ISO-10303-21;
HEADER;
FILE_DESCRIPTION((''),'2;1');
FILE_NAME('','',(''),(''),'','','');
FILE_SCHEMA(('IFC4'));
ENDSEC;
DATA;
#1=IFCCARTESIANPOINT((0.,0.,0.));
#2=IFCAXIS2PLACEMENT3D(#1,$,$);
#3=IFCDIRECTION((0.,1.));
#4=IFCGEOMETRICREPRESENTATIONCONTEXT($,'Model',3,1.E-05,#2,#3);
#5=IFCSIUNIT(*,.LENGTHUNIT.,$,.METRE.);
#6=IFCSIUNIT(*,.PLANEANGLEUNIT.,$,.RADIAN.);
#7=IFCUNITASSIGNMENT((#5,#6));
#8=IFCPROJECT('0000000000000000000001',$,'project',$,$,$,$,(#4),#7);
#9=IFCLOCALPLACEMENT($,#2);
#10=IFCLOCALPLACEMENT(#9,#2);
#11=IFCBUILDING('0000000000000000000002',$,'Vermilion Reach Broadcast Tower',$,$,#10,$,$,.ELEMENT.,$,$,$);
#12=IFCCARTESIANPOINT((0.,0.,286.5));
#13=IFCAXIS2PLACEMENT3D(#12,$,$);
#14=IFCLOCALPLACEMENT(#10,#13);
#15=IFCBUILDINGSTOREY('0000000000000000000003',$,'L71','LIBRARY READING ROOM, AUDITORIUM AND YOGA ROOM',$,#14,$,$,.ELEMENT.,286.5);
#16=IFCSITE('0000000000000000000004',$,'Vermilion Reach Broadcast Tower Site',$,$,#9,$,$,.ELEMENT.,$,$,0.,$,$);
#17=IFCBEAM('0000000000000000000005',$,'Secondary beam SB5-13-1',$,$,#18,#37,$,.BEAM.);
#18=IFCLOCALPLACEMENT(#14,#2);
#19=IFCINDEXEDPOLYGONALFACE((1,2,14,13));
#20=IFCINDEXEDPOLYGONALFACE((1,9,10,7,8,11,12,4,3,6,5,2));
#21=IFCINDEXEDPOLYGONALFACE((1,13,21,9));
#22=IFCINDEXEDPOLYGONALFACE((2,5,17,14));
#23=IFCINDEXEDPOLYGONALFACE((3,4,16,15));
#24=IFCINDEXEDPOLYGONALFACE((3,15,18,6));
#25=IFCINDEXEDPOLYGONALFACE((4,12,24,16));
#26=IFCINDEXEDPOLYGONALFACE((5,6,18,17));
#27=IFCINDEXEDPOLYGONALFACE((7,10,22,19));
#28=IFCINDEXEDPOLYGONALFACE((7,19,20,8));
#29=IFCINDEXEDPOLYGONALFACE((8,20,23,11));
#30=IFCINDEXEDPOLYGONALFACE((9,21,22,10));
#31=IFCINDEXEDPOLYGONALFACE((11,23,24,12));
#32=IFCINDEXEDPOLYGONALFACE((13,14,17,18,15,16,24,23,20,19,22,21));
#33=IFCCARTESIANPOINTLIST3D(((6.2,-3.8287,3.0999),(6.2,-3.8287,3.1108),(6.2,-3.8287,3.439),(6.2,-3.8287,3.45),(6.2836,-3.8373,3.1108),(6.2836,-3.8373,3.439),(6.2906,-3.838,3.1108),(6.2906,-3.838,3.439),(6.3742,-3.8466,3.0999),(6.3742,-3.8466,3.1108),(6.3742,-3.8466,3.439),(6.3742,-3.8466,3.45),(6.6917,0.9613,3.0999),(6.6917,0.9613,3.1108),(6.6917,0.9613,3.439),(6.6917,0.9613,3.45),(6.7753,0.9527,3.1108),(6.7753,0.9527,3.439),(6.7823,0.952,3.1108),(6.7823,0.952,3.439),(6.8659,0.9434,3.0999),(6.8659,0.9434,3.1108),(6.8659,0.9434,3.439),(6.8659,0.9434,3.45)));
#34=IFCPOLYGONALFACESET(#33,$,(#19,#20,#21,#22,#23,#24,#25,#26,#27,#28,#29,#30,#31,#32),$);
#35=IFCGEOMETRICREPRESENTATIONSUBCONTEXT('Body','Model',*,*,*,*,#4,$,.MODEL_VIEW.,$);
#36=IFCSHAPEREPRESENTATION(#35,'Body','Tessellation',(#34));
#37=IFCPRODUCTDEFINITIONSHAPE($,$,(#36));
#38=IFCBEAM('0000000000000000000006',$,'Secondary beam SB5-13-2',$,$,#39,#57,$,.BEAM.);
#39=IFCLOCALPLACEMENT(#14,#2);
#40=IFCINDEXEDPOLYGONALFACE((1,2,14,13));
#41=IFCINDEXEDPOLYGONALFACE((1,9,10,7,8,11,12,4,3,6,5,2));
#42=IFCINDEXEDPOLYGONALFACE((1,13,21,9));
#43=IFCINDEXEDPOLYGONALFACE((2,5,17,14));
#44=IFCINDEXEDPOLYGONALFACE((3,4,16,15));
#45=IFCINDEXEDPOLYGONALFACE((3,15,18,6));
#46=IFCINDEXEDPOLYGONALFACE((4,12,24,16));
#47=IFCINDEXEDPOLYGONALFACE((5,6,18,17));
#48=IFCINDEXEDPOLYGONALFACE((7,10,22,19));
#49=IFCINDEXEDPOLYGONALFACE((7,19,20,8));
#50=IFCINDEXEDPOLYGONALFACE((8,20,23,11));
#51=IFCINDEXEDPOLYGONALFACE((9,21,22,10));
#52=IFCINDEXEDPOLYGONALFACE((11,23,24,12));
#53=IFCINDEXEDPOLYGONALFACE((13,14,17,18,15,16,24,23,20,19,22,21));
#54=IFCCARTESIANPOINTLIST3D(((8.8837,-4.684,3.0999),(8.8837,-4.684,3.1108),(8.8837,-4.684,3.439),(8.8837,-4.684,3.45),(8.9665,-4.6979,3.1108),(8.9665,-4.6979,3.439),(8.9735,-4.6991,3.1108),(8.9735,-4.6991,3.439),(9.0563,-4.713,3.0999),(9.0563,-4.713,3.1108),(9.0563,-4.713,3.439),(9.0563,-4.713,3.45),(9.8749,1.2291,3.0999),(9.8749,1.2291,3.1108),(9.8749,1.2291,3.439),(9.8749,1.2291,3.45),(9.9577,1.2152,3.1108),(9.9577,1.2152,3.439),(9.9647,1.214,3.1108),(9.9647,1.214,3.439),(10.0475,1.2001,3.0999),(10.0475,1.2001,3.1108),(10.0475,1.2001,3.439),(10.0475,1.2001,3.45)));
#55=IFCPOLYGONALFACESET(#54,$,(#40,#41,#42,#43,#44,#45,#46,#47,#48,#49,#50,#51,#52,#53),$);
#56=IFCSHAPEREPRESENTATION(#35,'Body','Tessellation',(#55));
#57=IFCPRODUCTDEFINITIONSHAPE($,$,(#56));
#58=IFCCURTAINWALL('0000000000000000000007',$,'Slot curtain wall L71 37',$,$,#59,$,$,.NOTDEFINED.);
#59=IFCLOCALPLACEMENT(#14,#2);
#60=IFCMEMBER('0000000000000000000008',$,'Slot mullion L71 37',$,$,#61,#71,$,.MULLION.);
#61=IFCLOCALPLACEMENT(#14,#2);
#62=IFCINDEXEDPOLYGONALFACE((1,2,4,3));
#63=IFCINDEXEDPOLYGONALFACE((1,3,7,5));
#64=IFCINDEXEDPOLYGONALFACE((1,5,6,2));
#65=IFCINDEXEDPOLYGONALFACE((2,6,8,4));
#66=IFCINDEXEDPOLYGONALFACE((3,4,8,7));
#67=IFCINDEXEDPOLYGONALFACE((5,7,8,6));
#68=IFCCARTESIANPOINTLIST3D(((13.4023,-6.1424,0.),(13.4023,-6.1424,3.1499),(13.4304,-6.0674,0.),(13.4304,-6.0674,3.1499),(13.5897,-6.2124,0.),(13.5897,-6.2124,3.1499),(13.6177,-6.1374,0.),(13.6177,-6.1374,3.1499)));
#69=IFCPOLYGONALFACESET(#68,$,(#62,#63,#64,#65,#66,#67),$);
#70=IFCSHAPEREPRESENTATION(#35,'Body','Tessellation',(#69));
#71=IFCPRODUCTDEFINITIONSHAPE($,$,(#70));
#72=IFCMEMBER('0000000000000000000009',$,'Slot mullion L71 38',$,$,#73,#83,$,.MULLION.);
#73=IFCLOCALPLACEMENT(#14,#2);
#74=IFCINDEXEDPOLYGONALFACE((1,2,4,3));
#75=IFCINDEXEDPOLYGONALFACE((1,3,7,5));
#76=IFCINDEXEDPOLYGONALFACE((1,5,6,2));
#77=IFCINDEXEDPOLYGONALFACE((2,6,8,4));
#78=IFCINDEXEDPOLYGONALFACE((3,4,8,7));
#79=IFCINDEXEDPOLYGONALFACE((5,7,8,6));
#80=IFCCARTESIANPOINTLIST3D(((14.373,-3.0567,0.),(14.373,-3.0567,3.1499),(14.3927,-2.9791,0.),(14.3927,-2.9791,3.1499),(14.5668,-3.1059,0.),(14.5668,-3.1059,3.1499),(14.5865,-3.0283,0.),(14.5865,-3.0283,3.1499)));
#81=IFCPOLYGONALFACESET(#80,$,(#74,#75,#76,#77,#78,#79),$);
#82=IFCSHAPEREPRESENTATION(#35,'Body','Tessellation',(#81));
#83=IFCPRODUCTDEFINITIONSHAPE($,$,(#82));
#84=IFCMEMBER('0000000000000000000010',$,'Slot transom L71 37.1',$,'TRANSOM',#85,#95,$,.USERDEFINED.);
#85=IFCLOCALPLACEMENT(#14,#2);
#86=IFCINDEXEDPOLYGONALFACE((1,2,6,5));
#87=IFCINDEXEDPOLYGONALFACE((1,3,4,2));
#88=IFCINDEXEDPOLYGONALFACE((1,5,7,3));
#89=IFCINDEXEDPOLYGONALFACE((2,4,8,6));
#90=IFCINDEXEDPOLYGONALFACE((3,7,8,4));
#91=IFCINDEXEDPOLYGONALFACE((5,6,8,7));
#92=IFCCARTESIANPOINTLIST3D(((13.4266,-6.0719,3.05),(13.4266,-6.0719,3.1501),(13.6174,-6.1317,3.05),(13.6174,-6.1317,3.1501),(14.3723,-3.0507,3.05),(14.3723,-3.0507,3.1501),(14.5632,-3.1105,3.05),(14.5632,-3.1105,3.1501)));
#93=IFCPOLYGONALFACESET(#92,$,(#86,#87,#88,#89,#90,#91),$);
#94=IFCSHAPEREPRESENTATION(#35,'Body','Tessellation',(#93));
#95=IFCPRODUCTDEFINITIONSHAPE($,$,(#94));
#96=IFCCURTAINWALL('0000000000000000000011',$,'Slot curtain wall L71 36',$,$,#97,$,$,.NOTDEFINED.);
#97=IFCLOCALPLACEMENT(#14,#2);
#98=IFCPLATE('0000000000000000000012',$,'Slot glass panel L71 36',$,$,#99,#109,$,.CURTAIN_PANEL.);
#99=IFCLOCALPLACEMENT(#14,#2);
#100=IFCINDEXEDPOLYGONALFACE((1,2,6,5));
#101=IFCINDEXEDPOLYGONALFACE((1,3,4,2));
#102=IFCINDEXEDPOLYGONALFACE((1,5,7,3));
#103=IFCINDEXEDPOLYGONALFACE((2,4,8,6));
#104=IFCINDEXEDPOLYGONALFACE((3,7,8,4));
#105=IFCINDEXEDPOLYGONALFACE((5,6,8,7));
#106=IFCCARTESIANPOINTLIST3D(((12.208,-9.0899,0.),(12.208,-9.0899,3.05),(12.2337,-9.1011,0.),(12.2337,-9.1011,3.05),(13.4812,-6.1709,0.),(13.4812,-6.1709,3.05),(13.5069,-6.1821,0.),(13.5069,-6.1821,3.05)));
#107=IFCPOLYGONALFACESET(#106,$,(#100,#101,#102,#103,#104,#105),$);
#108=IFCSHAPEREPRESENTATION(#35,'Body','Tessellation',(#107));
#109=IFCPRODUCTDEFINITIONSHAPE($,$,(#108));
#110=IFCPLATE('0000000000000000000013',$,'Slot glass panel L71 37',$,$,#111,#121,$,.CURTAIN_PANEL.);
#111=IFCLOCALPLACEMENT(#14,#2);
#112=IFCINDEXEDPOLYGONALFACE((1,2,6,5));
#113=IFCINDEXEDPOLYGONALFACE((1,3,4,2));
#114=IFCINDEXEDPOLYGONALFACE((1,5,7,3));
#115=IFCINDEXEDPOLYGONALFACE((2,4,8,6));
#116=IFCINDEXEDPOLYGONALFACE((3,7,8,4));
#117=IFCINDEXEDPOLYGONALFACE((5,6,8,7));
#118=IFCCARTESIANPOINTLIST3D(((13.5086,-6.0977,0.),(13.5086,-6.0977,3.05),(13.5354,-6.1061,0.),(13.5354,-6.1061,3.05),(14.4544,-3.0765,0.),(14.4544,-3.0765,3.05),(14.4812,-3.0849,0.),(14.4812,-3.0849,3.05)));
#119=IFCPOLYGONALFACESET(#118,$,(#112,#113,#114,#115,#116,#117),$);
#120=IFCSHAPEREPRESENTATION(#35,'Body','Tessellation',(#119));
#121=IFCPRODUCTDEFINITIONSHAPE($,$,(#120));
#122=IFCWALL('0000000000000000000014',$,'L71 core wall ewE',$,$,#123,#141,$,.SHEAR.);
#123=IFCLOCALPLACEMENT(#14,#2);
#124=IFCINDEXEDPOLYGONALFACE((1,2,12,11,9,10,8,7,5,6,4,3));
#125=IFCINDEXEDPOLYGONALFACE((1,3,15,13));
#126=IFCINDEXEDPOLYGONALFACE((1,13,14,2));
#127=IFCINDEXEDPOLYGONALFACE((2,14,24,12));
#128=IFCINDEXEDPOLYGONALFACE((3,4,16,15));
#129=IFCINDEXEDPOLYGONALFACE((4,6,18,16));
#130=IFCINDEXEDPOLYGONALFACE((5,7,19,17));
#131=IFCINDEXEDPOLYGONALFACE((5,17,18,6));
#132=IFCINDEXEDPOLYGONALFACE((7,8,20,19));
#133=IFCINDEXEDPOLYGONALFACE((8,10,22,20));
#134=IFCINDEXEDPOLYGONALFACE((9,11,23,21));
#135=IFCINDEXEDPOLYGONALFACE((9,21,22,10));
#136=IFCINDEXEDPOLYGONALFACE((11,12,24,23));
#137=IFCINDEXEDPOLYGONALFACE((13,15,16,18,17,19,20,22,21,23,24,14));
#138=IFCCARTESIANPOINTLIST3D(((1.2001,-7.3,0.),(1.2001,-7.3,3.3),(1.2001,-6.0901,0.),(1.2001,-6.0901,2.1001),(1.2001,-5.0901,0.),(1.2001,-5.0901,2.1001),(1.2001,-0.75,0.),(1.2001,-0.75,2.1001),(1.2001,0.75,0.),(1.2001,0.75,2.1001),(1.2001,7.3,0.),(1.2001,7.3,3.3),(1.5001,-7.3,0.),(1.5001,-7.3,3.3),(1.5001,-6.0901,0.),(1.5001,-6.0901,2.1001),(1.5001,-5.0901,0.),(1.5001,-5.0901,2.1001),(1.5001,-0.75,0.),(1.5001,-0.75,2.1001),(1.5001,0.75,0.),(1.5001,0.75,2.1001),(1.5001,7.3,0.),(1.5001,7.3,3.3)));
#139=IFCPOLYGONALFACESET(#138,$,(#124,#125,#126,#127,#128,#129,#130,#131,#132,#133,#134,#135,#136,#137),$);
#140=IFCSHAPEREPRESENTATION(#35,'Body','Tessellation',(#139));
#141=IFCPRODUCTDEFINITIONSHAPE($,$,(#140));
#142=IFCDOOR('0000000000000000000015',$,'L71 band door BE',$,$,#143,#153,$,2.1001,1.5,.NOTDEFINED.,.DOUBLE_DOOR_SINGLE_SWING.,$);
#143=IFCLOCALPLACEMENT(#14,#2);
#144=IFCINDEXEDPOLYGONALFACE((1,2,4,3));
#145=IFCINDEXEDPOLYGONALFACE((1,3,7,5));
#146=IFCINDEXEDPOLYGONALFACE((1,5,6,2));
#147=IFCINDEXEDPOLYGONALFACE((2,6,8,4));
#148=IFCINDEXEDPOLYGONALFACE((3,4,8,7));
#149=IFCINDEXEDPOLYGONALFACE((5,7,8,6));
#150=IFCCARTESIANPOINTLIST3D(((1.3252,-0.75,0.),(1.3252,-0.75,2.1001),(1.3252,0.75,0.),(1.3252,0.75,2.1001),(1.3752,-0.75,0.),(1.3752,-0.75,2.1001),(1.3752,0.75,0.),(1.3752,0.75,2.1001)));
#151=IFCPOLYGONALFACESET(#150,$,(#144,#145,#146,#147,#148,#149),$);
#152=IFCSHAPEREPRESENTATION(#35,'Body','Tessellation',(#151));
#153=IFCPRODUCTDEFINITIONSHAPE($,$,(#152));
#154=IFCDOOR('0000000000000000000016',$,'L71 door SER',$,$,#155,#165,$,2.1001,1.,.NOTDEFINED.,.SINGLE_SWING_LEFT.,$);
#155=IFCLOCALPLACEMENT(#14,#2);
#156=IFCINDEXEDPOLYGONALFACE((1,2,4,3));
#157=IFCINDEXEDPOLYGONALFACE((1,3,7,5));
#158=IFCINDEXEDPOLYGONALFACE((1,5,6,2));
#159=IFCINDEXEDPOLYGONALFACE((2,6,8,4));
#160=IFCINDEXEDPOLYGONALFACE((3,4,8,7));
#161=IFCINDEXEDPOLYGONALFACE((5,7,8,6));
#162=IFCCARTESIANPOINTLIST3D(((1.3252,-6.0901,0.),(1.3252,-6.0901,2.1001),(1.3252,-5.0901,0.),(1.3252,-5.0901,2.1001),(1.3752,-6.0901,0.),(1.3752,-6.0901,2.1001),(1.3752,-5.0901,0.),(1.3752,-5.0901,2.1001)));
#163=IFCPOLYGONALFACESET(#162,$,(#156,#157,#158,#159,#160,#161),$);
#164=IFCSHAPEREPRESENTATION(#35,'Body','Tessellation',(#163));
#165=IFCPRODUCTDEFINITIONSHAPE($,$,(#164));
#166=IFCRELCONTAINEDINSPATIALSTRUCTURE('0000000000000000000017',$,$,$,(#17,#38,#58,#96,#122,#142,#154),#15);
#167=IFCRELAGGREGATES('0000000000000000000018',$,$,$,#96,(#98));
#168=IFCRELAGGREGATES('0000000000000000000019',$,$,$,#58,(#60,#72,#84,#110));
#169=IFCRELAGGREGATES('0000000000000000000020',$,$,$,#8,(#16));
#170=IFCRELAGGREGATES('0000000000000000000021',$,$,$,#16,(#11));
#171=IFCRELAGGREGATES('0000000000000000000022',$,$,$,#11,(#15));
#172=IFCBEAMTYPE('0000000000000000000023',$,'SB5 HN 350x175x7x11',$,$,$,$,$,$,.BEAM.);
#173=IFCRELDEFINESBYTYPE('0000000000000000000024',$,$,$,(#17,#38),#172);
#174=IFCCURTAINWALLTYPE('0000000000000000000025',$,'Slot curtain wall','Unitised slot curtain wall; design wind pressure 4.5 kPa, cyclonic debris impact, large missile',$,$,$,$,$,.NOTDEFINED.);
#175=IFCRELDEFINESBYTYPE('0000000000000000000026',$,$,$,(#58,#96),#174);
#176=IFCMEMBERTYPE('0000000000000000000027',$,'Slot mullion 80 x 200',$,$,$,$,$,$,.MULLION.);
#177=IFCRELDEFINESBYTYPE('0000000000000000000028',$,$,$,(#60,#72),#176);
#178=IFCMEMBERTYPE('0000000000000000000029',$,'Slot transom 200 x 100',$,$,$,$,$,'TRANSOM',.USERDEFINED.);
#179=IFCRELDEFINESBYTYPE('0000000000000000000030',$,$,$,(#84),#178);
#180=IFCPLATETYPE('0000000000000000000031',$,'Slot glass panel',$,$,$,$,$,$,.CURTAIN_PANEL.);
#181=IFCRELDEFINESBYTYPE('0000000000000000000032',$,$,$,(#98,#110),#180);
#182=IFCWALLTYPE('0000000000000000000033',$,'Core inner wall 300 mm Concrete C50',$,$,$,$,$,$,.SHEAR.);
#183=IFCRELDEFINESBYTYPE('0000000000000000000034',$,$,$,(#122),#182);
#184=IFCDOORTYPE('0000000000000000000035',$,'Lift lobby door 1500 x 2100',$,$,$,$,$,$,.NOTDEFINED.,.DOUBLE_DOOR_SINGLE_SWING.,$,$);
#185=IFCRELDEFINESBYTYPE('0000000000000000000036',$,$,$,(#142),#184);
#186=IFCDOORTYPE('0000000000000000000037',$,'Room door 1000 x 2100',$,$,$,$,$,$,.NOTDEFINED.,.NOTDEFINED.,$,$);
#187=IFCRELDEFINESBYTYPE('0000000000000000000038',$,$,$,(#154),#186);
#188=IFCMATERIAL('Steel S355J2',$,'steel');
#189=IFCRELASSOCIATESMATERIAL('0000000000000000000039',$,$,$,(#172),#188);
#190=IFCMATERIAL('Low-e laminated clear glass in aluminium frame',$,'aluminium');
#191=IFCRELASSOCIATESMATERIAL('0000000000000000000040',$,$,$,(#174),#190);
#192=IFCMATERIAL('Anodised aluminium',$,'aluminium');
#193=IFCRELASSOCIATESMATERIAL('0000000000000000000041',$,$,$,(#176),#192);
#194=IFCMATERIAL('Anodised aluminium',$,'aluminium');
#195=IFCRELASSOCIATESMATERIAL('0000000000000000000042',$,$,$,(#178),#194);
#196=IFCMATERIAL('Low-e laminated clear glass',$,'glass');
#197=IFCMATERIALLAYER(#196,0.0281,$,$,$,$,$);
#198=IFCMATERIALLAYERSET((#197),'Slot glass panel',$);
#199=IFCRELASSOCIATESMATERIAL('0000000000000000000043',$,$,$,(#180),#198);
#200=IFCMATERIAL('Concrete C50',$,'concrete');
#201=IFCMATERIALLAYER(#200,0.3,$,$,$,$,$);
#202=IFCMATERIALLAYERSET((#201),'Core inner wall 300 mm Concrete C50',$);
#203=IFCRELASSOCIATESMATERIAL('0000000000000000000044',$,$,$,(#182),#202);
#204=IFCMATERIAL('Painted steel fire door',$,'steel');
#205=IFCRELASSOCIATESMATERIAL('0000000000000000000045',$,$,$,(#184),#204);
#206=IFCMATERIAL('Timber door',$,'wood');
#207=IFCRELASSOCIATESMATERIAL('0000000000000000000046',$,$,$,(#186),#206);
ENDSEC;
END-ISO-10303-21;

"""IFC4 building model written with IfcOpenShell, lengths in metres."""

from ifc_helpers import new_model, si_unit, direction, frame, frame_2d, origin, origin_2d, place, context, subcontext, project, spatial, rectangle, i_section, extrude, material, layer, layer_set, material_profile, profile_set, type_object, element, fill, aggregate, save


model = new_model("IFC4")

# Units and contexts
model_context = context("Model", 3, precision=1e-05, world=origin(), true_north=direction((0.0, 1.0)))
body_context = subcontext(model_context, "Body", "Model", "MODEL_VIEW")
ifc_project = project(units=[si_unit("LENGTHUNIT", "METRE"), si_unit("PLANEANGLEUNIT", "RADIAN")], contexts=[model_context])

# Site, building, storey
site_placement = place(None, origin())
site = spatial("IfcSite", under=ifc_project, at=site_placement, Name="Vermilion Reach Broadcast Tower Site", CompositionType="ELEMENT", RefElevation=0.0)
building_placement = place(site_placement, origin())
building = spatial("IfcBuilding", under=site, at=building_placement, Name="Vermilion Reach Broadcast Tower", CompositionType="ELEMENT")
storey_placement = place(building_placement, frame((0.0, 0.0, 286.5)))
storey = spatial("IfcBuildingStorey", under=building, at=storey_placement, Name="L71", Description="LIBRARY READING ROOM, AUDITORIUM AND YOGA ROOM", CompositionType="ELEMENT", Elevation=286.5)

# Beams
ifc_material_1 = material(Name="Steel S355J2", Category="steel")
ifc_material_profile_1 = material_profile(ifc_material_1, i_section(OverallWidth=0.175, OverallDepth=0.3501, WebThickness=0.0071, FlangeThickness=0.011, at=origin_2d()), Name="S355J2 HN 350x175x7x11")
ifc_profile_set_1 = profile_set([ifc_material_profile_1], Name="Steel S355J2")
beam_type_1 = type_object("IfcBeamType", Name="SB5 HN 350x175x7x11", PredefinedType="BEAM", material=ifc_profile_set_1)
beam_1_placement = place(storey_placement, frame((6.2871, -3.8376, 3.2749), z_axis=(0.102114, 0.994773, 0.0), x_axis=(-0.994773, 0.102114, 0.0)))
element("IfcBeam", 1, at=beam_1_placement, inside=storey, type_object=beam_type_1, Name="Secondary beam SB5-13-1", PredefinedType="BEAM", context=body_context, shape_type="SweptSolid", body=[
    extrude(i_section(OverallWidth=0.175, OverallDepth=0.3501, WebThickness=0.0071, FlangeThickness=0.011, at=origin_2d()), origin(), (0.0, 0.0, 1.0), 4.8152),
])
beam_2_placement = place(storey_placement, frame((8.97, -4.6985, 3.2749), z_axis=(0.165323, 0.986239, 0.0), x_axis=(-0.986239, 0.165323, 0.0)))
element("IfcBeam", 2, at=beam_2_placement, inside=storey, type_object=beam_type_1, Name="Secondary beam SB5-13-2", PredefinedType="BEAM", context=body_context, shape_type="SweptSolid", body=[
    extrude(i_section(OverallWidth=0.175, OverallDepth=0.3501, WebThickness=0.0071, FlangeThickness=0.011, at=origin_2d()), origin(), (0.0, 0.0, 1.0), 5.9956),
])

# Curtain wall, members
ifc_material_2 = material(Name="Low-e laminated clear glass in aluminium frame", Category="aluminium")
curtain_wall_type = type_object("IfcCurtainWallType", Name="Slot curtain wall", Description="Unitised slot curtain wall; design wind pressure 4.5 kPa, cyclonic debris impact, large missile", PredefinedType="NOTDEFINED", material=ifc_material_2)
placement = place(storey_placement, origin())
curtain_wall_1 = element("IfcCurtainWall", 3, at=placement, inside=storey, type_object=curtain_wall_type, Name="Slot curtain wall L71 37", PredefinedType="NOTDEFINED")
ifc_material_3 = material(Name="Anodised aluminium", Category="aluminium")
ifc_material_profile_2 = material_profile(ifc_material_3, rectangle(XDim=0.2, YDim=0.0801, at=origin_2d()), Name="Slot mullion 80 x 200")
ifc_profile_set_2 = profile_set([ifc_material_profile_2], Name="Anodised aluminium")
member_type_1 = type_object("IfcMemberType", Name="Slot mullion 80 x 200", PredefinedType="MULLION", material=ifc_profile_set_2)
member_1_placement = place(storey_placement, frame((13.51, -6.1399, 0.0), z_axis=(0.0, 0.0, 1.0), x_axis=(-0.936831, 0.349784, 0.0)))
member_1 = element("IfcMember", 4, at=member_1_placement, type_object=member_type_1, Name="Slot mullion L71 37", PredefinedType="MULLION", context=body_context, shape_type="SweptSolid", body=[
    extrude(rectangle(XDim=0.2, YDim=0.0801, at=origin_2d()), origin(), (0.0, 0.0, 1.0), 3.1499),
])
member_2_placement = place(storey_placement, frame((14.4797, -3.0425, 0.0), z_axis=(0.0, 0.0, 1.0), x_axis=(-0.969278, 0.245968, 0.0)))
member_2 = element("IfcMember", 5, at=member_2_placement, type_object=member_type_1, Name="Slot mullion L71 38", PredefinedType="MULLION", context=body_context, shape_type="SweptSolid", body=[
    extrude(rectangle(XDim=0.2, YDim=0.0801, at=origin_2d()), origin(), (0.0, 0.0, 1.0), 3.1499),
])
ifc_material_4 = material(Name="Anodised aluminium", Category="aluminium")
ifc_material_profile_3 = material_profile(ifc_material_4, rectangle(XDim=0.2, YDim=0.1001, at=origin_2d()), Name="Slot transom 200 x 100")
ifc_profile_set_3 = profile_set([ifc_material_profile_3], Name="Anodised aluminium")
member_type_2 = type_object("IfcMemberType", Name="Slot transom 200 x 100", ElementType="TRANSOM", PredefinedType="USERDEFINED", material=ifc_profile_set_3)
member_3_placement = place(storey_placement, frame((13.522, -6.1018, 3.1001), z_axis=(0.298754, 0.95433, 0.0), x_axis=(-0.95433, 0.298754, 0.0)))
member_3 = element("IfcMember", 6, at=member_3_placement, type_object=member_type_2, Name="Slot transom L71 37.1", ObjectType="TRANSOM", PredefinedType="USERDEFINED", context=body_context, shape_type="SweptSolid", body=[
    extrude(rectangle(XDim=0.2, YDim=0.1001, at=origin_2d()), origin(), (0.0, 0.0, 1.0), 3.1658),
])

# Curtain wall, plate
curtain_wall_2 = element("IfcCurtainWall", 7, at=placement, inside=storey, type_object=curtain_wall_type, Name="Slot curtain wall L71 36", PredefinedType="NOTDEFINED")
ifc_material_5 = material(Name="Low-e laminated clear glass", Category="glass")
ifc_layer_1 = layer(ifc_material_5, 0.0281)
ifc_layer_set_1 = layer_set([ifc_layer_1], Name="Slot glass panel")
plate_type = type_object("IfcPlateType", Name="Slot glass panel", PredefinedType="CURTAIN_PANEL", material=ifc_layer_set_1)
plate_1_placement = place(storey_placement, frame((12.8574, -7.636, 0.0), z_axis=(0.0, 0.0, 1.0), x_axis=(0.3998, 0.916602, 0.0)))
plate_1 = element("IfcPlate", 8, at=plate_1_placement, type_object=plate_type, Name="Slot glass panel L71 36", PredefinedType="CURTAIN_PANEL", context=body_context, shape_type="SweptSolid", body=[
    extrude(rectangle(XDim=3.1846, YDim=0.0281, at=origin_2d()), origin(), (0.0, 0.0, 1.0), 3.05),
])
aggregate(curtain_wall_2, [plate_1])

# Plate
plate_2_placement = place(storey_placement, frame((13.9949, -4.5913, 0.0), z_axis=(0.0, 0.0, 1.0), x_axis=(0.298749, 0.954332, 0.0)))
plate_2 = element("IfcPlate", 9, at=plate_2_placement, type_object=plate_type, Name="Slot glass panel L71 37", PredefinedType="CURTAIN_PANEL", context=body_context, shape_type="SweptSolid", body=[
    extrude(rectangle(XDim=3.1658, YDim=0.0281, at=origin_2d()), origin(), (0.0, 0.0, 1.0), 3.05),
])
aggregate(curtain_wall_1, [member_1, member_2, member_3, plate_2])

# Wall, openings, doors
ifc_material_6 = material(Name="Concrete C50", Category="concrete")
ifc_layer_2 = layer(ifc_material_6, 0.3)
ifc_layer_set_2 = layer_set([ifc_layer_2], Name="Core inner wall 300 mm Concrete C50")
wall_type_1 = type_object("IfcWallType", Name="Core inner wall 300 mm Concrete C50", PredefinedType="SHEAR", material=ifc_layer_set_2)
wall_1_placement = place(storey_placement, frame((1.3501, -7.3, 0.0), z_axis=(0.0, 0.0, 1.0), x_axis=(0.0, 1.0, 0.0)))
wall_1 = element("IfcWall", 10, at=wall_1_placement, inside=storey, type_object=wall_type_1, Name="L71 core wall ewE", PredefinedType="SHEAR", context=body_context, shape_type="SweptSolid", body=[
    extrude(rectangle(XDim=14.6001, YDim=0.3, at=frame_2d((7.3, 0.0))), origin(), (0.0, 0.0, 1.0), 3.3),
])
opening_1_placement = place(wall_1_placement, frame((1.21, 0.0, 0.0)))
opening_1 = element("IfcOpeningElement", 11, at=opening_1_placement, cuts=wall_1, PredefinedType="OPENING", context=body_context, shape_type="SweptSolid", body=[
    extrude(rectangle(XDim=1.0, YDim=2.1001, at=frame_2d((0.5, 1.05))), frame((0.0, 0.1599, 0.0), z_axis=(0.0, -1.0, 0.0), x_axis=(1.0, 0.0, 0.0)), (0.0, 0.0, 1.0), 0.3201),
])
opening_2_placement = place(wall_1_placement, frame((6.55, 0.0, 0.0)))
opening_2 = element("IfcOpeningElement", 12, at=opening_2_placement, cuts=wall_1, PredefinedType="OPENING", context=body_context, shape_type="SweptSolid", body=[
    extrude(rectangle(XDim=1.5, YDim=2.1001, at=frame_2d((0.75, 1.05))), frame((0.0, 0.1599, 0.0), z_axis=(0.0, -1.0, 0.0), x_axis=(1.0, 0.0, 0.0)), (0.0, 0.0, 1.0), 0.3201),
])
ifc_material_7 = material(Name="Painted steel fire door", Category="steel")
door_type_1 = type_object("IfcDoorType", Name="Lift lobby door 1500 x 2100", OperationType="DOUBLE_DOOR_SINGLE_SWING", PredefinedType="NOTDEFINED", material=ifc_material_7)
door_1_placement = place(opening_2_placement, origin())
door_1 = element("IfcDoor", 13, at=door_1_placement, inside=storey, type_object=door_type_1, Name="L71 band door BE", OperationType="DOUBLE_DOOR_SINGLE_SWING", OverallHeight=2.1001, OverallWidth=1.5, PredefinedType="NOTDEFINED", context=body_context, shape_type="SweptSolid", body=[
    extrude(rectangle(XDim=1.5, YDim=2.1001, at=frame_2d((0.75, 1.05))), frame((0.0, 0.0249, 0.0), z_axis=(0.0, -1.0, 0.0), x_axis=(1.0, 0.0, 0.0)), (0.0, 0.0, 1.0), 0.05),
])
fill(opening_2, door_1)
ifc_material_8 = material(Name="Timber door", Category="wood")
door_type_2 = type_object("IfcDoorType", Name="Room door 1000 x 2100", OperationType="NOTDEFINED", PredefinedType="NOTDEFINED", material=ifc_material_8)
door_2_placement = place(opening_1_placement, origin())
door_2 = element("IfcDoor", 14, at=door_2_placement, inside=storey, type_object=door_type_2, Name="L71 door SER", OperationType="SINGLE_SWING_LEFT", OverallHeight=2.1001, OverallWidth=1.0, PredefinedType="NOTDEFINED", context=body_context, shape_type="SweptSolid", body=[
    extrude(rectangle(XDim=1.0, YDim=2.1001, at=frame_2d((0.5, 1.05))), frame((0.0, 0.0249, 0.0), z_axis=(0.0, -1.0, 0.0), x_axis=(1.0, 0.0, 0.0)), (0.0, 0.0, 1.0), 0.05),
])
fill(opening_1, door_2)

save(model, "model.ifc")
